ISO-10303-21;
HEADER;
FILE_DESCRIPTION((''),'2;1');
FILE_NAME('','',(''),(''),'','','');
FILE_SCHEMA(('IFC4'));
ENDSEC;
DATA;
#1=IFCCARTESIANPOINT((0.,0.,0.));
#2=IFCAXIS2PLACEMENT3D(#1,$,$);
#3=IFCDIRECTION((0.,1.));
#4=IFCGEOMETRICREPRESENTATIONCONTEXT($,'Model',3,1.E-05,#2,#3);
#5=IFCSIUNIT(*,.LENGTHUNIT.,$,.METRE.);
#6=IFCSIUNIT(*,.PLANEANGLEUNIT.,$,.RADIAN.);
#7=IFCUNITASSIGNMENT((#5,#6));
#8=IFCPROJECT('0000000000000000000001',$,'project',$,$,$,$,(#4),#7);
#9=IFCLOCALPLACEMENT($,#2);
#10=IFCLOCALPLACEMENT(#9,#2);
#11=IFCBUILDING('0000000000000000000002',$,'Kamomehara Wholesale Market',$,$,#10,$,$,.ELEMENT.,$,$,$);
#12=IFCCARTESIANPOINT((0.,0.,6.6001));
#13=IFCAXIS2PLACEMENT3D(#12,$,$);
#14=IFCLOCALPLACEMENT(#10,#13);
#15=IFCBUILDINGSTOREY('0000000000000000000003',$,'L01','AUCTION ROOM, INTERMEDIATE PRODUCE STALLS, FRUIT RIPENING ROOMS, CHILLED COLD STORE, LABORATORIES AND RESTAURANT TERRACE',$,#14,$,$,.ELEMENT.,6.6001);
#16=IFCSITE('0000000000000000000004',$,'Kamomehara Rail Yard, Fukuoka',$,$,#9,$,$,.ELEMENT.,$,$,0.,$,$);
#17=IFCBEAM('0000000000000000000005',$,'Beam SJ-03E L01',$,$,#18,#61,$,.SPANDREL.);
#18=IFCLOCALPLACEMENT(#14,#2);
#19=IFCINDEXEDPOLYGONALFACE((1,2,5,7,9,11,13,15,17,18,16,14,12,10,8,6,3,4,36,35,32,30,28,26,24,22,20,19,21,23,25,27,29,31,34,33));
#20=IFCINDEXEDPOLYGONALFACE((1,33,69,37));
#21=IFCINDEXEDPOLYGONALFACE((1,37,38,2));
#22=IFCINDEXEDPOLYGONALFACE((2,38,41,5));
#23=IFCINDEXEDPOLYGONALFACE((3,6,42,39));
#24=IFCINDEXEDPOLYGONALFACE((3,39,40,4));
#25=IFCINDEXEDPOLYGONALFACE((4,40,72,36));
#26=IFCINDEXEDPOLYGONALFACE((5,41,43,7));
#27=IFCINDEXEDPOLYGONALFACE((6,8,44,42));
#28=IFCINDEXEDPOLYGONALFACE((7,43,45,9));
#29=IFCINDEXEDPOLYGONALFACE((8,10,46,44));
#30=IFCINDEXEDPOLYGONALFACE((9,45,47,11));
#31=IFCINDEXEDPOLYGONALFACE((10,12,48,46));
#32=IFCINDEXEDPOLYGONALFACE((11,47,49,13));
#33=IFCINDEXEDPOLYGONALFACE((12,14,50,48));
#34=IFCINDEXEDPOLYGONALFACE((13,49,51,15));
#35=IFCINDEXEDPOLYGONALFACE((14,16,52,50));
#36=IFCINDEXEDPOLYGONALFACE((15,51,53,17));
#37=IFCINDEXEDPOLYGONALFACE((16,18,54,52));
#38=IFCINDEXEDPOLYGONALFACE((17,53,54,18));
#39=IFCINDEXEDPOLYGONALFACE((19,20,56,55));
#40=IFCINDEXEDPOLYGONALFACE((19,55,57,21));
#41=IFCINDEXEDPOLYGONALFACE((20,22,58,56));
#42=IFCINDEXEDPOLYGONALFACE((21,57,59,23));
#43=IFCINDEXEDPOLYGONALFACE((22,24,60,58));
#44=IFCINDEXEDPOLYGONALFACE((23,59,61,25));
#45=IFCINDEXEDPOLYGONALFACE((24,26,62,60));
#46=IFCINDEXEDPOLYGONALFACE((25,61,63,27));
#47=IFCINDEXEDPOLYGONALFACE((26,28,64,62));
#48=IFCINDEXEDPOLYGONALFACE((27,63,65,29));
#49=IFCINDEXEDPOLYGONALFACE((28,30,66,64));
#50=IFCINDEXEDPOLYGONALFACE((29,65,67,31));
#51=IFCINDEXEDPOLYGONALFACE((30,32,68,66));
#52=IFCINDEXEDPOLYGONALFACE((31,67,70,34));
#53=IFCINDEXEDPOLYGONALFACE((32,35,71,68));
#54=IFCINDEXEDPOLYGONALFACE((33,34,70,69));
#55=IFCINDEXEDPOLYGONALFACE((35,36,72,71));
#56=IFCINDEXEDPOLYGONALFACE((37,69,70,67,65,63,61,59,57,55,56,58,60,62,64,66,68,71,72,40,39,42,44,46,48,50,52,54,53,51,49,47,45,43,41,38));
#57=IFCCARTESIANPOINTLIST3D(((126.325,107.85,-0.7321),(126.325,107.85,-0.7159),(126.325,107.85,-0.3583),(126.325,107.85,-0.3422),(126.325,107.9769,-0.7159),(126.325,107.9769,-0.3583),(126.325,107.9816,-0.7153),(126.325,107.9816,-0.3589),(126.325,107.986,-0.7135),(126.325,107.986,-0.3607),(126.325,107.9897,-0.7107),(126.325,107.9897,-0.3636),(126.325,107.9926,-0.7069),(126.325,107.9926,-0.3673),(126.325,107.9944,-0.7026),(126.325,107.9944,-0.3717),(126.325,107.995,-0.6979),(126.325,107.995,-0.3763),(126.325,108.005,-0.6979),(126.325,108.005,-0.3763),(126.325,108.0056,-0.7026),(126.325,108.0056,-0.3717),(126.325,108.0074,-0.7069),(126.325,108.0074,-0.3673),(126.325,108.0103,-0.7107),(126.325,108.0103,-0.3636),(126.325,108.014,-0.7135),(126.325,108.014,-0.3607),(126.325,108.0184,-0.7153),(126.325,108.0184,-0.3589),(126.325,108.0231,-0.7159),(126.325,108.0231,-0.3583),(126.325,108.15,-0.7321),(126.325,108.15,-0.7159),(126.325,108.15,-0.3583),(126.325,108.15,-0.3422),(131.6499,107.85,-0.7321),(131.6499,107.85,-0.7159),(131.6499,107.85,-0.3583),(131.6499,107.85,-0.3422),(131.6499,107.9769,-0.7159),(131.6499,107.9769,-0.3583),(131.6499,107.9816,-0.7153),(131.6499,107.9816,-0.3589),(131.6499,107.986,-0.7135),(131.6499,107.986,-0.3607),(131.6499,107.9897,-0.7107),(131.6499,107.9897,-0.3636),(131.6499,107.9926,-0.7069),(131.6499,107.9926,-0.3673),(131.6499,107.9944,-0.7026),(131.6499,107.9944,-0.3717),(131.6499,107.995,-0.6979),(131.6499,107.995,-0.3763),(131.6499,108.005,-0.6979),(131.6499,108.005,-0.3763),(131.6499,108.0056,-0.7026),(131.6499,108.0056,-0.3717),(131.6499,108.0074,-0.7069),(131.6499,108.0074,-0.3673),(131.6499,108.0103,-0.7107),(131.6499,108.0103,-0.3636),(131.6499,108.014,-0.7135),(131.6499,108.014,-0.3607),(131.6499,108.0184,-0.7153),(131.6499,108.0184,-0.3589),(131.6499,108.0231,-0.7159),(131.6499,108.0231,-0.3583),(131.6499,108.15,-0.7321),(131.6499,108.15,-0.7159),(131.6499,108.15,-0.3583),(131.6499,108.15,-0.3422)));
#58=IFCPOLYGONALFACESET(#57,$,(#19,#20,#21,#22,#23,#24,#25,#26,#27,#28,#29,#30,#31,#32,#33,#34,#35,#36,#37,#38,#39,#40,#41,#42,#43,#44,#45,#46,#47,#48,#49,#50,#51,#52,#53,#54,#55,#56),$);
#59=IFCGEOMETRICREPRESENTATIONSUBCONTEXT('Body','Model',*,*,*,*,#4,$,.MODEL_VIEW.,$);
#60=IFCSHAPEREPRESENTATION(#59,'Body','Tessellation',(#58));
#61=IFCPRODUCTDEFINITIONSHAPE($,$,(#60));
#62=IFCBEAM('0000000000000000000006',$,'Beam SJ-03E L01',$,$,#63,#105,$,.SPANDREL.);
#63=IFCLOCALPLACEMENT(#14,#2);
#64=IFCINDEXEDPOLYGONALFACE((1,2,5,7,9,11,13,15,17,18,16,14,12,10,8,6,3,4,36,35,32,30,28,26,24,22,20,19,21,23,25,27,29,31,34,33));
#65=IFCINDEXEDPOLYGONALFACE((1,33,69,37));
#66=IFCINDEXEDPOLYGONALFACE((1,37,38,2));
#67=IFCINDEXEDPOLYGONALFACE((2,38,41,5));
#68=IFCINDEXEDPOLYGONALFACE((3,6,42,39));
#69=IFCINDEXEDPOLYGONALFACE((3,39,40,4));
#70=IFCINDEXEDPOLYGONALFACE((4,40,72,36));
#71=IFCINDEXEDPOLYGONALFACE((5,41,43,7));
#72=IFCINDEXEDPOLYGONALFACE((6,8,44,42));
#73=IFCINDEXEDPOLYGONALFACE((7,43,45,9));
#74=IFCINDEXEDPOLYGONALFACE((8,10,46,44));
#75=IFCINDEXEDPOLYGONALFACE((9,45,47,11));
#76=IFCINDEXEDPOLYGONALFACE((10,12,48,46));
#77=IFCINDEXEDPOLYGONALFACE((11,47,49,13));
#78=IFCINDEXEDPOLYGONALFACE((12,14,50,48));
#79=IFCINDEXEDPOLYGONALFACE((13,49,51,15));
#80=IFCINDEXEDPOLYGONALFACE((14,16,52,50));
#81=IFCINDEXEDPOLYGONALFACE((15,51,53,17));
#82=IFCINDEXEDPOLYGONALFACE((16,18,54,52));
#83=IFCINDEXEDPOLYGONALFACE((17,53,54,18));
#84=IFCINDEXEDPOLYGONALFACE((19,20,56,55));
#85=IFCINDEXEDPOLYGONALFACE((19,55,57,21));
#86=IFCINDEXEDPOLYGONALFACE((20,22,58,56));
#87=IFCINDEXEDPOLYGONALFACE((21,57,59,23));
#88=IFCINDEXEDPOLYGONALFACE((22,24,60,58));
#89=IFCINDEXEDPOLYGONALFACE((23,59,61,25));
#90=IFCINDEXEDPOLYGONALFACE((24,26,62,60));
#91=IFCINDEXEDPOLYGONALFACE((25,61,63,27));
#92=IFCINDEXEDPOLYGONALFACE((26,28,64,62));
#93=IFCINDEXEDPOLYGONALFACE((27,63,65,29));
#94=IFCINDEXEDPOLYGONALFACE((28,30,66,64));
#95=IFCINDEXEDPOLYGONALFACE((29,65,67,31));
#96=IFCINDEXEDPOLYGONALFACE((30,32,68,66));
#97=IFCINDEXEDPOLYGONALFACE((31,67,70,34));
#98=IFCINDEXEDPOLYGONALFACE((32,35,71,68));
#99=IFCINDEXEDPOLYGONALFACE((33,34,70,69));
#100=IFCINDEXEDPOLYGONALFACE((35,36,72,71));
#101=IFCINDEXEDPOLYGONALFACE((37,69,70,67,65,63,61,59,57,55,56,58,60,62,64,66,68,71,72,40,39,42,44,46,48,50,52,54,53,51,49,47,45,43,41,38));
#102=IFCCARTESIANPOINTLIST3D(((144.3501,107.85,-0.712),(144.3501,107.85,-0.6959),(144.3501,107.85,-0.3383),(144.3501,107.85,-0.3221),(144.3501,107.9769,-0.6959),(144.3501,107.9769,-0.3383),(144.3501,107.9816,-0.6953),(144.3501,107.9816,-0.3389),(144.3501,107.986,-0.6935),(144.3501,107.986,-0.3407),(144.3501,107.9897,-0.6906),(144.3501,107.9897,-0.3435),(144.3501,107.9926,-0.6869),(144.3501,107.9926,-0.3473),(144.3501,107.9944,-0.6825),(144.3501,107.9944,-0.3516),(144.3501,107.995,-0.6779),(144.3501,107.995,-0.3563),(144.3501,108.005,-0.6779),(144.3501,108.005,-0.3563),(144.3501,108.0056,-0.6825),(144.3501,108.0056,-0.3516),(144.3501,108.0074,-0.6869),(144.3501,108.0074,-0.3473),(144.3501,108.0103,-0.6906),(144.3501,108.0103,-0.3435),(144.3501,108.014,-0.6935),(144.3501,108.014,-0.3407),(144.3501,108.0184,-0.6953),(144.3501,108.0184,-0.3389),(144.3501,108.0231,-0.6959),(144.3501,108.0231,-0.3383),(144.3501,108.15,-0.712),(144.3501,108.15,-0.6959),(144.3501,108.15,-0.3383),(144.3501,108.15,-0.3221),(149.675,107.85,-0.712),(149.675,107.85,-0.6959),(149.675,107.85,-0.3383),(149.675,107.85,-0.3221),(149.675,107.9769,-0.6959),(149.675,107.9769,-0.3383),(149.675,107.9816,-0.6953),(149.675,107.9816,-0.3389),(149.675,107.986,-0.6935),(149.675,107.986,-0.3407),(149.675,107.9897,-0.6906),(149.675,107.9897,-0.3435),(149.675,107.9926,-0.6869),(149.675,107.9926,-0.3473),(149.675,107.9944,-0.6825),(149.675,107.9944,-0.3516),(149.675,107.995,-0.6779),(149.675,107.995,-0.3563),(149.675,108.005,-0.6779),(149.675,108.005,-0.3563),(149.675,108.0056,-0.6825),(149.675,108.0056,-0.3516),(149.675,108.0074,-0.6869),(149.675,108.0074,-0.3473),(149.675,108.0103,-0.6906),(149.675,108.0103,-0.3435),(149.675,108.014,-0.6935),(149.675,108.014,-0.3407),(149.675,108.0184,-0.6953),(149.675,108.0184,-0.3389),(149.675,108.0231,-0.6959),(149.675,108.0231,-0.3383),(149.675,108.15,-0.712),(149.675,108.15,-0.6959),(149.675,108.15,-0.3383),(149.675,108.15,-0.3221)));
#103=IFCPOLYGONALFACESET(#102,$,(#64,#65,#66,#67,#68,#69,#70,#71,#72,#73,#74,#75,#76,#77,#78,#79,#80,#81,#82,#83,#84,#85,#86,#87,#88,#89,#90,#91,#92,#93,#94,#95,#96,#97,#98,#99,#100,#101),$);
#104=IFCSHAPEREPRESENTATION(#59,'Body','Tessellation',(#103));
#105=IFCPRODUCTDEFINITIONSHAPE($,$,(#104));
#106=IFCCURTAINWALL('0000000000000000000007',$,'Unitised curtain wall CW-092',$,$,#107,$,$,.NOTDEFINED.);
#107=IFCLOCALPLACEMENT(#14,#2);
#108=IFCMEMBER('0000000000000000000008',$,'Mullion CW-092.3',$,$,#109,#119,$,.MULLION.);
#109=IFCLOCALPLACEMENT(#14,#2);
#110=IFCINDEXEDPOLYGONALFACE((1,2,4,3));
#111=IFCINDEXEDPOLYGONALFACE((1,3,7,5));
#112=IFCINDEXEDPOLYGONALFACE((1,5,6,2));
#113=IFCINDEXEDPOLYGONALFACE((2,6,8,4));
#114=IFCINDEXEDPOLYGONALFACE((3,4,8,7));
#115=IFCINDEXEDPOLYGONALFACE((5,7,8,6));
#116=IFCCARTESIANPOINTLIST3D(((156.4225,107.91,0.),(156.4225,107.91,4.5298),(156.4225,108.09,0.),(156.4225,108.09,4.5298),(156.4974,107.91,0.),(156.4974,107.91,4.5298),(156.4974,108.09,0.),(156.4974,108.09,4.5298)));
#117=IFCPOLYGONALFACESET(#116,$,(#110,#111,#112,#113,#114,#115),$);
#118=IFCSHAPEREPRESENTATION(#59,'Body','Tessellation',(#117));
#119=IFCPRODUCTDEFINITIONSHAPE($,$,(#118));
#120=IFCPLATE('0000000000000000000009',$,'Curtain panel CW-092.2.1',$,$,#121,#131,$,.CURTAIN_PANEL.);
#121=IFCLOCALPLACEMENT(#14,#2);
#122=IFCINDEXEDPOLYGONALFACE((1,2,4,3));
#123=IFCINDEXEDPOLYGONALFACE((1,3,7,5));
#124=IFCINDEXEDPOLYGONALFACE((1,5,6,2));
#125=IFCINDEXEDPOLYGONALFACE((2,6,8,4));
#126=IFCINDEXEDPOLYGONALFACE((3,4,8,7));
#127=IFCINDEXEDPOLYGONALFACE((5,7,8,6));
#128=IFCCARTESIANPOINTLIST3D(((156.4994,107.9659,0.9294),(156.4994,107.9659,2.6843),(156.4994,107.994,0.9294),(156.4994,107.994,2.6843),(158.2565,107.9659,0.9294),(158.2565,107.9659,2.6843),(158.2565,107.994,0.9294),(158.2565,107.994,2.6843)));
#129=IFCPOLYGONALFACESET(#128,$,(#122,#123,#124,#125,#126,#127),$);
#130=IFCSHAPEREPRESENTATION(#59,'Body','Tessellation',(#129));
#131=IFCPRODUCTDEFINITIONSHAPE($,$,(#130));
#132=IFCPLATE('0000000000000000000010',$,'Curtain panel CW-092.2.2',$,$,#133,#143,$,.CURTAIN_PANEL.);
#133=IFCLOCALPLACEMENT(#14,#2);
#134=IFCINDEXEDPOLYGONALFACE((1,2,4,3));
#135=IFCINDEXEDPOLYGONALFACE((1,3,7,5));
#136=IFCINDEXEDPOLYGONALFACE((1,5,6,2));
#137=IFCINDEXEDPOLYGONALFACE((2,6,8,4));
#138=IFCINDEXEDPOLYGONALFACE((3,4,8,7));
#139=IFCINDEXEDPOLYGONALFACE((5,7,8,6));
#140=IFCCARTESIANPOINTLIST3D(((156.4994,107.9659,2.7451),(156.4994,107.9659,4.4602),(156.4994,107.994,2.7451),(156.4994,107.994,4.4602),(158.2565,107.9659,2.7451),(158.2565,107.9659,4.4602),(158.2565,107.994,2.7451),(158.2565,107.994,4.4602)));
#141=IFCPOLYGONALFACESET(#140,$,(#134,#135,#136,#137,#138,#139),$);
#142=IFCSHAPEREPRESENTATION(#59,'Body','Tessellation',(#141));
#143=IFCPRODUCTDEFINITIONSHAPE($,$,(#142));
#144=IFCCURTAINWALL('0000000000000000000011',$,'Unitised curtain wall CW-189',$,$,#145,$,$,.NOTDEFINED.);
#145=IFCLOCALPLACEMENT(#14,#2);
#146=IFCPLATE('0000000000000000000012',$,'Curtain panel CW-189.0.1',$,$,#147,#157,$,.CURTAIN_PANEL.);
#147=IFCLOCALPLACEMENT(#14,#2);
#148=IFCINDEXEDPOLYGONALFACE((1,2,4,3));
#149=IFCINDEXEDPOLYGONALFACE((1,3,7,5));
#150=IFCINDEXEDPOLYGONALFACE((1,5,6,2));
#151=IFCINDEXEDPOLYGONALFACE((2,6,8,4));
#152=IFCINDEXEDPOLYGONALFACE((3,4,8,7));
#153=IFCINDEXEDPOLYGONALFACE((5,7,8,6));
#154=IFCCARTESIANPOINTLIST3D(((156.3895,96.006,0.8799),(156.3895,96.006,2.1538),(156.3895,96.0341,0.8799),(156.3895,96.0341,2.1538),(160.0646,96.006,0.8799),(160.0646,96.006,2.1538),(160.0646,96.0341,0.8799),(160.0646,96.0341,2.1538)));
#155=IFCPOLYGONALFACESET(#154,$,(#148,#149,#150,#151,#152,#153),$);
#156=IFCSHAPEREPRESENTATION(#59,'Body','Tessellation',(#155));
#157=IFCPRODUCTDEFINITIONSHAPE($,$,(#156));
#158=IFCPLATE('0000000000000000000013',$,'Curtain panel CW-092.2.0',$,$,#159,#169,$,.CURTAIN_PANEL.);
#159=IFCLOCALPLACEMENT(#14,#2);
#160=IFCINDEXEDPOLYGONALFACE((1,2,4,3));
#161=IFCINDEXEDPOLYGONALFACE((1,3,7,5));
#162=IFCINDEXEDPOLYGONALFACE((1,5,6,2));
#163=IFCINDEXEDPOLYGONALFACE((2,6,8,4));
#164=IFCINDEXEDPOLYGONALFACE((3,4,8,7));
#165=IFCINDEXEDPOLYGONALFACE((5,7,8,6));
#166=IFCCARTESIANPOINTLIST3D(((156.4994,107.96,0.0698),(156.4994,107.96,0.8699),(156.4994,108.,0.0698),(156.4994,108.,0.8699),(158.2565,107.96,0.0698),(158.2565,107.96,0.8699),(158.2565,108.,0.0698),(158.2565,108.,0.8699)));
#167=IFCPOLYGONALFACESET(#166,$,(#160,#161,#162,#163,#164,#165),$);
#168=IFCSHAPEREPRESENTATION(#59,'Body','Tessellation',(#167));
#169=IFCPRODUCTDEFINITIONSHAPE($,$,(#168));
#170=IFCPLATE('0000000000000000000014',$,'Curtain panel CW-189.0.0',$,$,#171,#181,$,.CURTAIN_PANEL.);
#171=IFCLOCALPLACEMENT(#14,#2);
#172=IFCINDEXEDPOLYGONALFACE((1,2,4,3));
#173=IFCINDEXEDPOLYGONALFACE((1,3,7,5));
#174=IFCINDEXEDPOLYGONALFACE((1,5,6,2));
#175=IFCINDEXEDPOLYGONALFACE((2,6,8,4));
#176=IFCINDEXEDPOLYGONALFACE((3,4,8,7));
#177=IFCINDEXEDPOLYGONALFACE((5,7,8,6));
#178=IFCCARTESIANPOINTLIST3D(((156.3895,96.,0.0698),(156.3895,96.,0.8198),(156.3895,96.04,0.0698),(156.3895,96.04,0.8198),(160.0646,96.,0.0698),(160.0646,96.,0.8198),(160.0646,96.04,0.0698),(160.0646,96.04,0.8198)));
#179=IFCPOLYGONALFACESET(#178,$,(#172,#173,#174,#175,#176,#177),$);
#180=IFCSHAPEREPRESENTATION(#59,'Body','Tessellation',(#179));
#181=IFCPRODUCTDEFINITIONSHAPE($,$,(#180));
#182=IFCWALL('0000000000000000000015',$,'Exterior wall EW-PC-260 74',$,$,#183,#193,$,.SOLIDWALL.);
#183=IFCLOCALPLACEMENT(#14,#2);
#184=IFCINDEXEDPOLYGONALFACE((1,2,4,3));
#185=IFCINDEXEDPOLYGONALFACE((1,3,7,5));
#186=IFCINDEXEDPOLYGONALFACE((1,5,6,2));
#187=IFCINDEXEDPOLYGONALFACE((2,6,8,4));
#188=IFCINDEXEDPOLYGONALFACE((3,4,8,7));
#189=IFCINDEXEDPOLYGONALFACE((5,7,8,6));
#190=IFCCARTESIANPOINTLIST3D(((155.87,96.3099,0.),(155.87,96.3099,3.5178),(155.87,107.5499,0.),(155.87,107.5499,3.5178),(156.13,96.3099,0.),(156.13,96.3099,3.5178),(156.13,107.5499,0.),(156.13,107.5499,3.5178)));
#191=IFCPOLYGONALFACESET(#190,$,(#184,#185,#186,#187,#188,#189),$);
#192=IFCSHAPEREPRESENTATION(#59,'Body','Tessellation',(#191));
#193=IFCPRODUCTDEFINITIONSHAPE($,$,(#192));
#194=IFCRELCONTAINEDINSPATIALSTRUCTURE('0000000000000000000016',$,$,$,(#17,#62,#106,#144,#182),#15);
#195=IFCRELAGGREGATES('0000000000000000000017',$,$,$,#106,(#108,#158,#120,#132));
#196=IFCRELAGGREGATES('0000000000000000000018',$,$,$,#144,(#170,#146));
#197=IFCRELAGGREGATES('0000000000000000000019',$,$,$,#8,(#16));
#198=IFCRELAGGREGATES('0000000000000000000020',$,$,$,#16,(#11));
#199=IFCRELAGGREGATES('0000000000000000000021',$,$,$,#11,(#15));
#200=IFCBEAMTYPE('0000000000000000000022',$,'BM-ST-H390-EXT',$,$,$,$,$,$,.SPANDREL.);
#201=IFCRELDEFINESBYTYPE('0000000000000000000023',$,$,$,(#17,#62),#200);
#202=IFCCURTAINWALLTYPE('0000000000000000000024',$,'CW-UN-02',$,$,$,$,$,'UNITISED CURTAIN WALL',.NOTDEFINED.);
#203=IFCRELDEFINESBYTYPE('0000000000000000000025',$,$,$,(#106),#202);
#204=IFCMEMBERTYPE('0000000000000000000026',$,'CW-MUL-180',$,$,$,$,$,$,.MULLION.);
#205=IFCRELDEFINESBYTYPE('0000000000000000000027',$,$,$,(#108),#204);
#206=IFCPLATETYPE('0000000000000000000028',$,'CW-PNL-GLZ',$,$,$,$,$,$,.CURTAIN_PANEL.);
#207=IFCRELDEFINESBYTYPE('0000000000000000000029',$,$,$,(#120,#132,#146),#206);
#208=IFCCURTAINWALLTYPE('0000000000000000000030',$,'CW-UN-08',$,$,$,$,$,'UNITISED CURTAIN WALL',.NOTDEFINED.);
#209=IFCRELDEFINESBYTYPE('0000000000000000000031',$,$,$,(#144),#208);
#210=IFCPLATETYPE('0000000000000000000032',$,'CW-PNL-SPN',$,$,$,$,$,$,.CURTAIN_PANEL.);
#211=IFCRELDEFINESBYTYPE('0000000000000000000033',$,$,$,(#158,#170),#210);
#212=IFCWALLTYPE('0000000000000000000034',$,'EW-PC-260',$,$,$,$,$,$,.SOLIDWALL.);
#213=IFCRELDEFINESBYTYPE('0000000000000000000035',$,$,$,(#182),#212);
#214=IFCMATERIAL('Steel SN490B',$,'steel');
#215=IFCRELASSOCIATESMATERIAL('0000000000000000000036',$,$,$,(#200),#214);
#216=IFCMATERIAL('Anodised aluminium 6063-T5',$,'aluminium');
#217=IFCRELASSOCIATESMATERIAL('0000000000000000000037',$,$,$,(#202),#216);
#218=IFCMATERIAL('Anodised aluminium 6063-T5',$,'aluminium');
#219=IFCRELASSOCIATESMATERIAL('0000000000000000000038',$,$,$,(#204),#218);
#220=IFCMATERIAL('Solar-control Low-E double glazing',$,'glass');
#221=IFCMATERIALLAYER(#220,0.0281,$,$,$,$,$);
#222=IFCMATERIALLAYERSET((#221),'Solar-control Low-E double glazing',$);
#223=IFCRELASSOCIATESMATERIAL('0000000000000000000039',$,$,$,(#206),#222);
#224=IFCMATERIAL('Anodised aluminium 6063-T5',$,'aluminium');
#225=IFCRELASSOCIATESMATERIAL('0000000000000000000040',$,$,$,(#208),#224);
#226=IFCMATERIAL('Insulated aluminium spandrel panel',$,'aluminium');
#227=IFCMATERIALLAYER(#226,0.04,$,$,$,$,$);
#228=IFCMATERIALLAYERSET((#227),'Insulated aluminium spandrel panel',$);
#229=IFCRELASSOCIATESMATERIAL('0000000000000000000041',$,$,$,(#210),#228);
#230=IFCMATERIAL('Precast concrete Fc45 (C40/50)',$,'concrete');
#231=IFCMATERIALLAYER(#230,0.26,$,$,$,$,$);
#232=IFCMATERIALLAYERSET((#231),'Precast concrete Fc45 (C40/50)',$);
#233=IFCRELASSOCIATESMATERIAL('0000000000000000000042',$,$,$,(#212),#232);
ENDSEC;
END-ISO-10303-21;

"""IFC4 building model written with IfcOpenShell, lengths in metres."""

from ifc_helpers import new_model, si_unit, direction, frame, frame_2d, origin, origin_2d, place, context, subcontext, project, spatial, rectangle, i_section, extrude, material, layer, layer_set, material_profile, profile_set, type_object, element, aggregate, save


model = new_model("IFC4")

# Units and contexts
model_context = context("Model", 3, precision=1e-05, world=origin(), true_north=direction((0.0, 1.0)))
body_context = subcontext(model_context, "Body", "Model", "MODEL_VIEW")
ifc_project = project(units=[si_unit("LENGTHUNIT", "METRE"), si_unit("PLANEANGLEUNIT", "RADIAN")], contexts=[model_context])

# Site, building, storey
site_placement = place(None, origin())
site = spatial("IfcSite", under=ifc_project, at=site_placement, Name="Kamomehara Rail Yard, Fukuoka", CompositionType="ELEMENT", RefElevation=0.0)
building_placement = place(site_placement, origin())
building = spatial("IfcBuilding", under=site, at=building_placement, Name="Kamomehara Wholesale Market", CompositionType="ELEMENT")
storey_placement = place(building_placement, frame((0.0, 0.0, 6.6001)))
storey = spatial("IfcBuildingStorey", under=building, at=storey_placement, Name="L01", Description="AUCTION ROOM, INTERMEDIATE PRODUCE STALLS, FRUIT RIPENING ROOMS, CHILLED COLD STORE, LABORATORIES AND RESTAURANT TERRACE", CompositionType="ELEMENT", Elevation=6.6001)

# Beams
ifc_material_1 = material(Name="Steel SN490B", Category="steel")
ifc_material_profile_1 = material_profile(ifc_material_1, i_section(OverallWidth=0.3, OverallDepth=0.3899, WebThickness=0.01, FlangeThickness=0.0161, FilletRadius=0.0181, at=origin_2d()), Name="H-390x300x10x16")
ifc_profile_set_1 = profile_set([ifc_material_profile_1], Name="Steel SN490B")
beam_type_1 = type_object("IfcBeamType", Name="BM-ST-H390-EXT", PredefinedType="SPANDREL", material=ifc_profile_set_1)
for number, where, z_axis, x_axis, name in (
    (1, (126.325, 108.0, -0.5371), (1.0, 0.0, 0.0), (0.0, 1.0, 0.0), "Beam SJ-03E L01"),
    (2, (144.3501, 108.0, -0.5171), (1.0, 0.0, 0.0), (0.0, 1.0, 0.0), "Beam SJ-03E L01"),
):
    element("IfcBeam", number, at=place(storey_placement, frame(where, z_axis=z_axis, x_axis=x_axis)), inside=storey, type_object=beam_type_1, Name=name, PredefinedType="SPANDREL", context=body_context, shape_type="SweptSolid", body=[
        extrude(i_section(OverallWidth=0.3, OverallDepth=0.3899, WebThickness=0.01, FlangeThickness=0.0161, FilletRadius=0.0181, at=origin_2d()), origin(), (0.0, 0.0, 1.0), 5.325),
    ])

# Curtain wall, member, plates
ifc_material_2 = material(Name="Anodised aluminium 6063-T5", Category="aluminium")
curtain_wall_type_1 = type_object("IfcCurtainWallType", Name="CW-UN-02", ElementType="UNITISED CURTAIN WALL", PredefinedType="NOTDEFINED", material=ifc_material_2)
curtain_wall_1_placement = place(storey_placement, origin())
curtain_wall_1 = element("IfcCurtainWall", 3, at=curtain_wall_1_placement, inside=storey, type_object=curtain_wall_type_1, Name="Unitised curtain wall CW-092", PredefinedType="NOTDEFINED")
ifc_material_3 = material(Name="Anodised aluminium 6063-T5", Category="aluminium")
ifc_material_profile_2 = material_profile(ifc_material_3, rectangle(XDim=0.075, YDim=0.1799, at=origin_2d()), Name="ALU-MUL-75x180")
ifc_profile_set_2 = profile_set([ifc_material_profile_2], Name="Anodised aluminium 6063-T5")
member_type = type_object("IfcMemberType", Name="CW-MUL-180", PredefinedType="MULLION", material=ifc_profile_set_2)
member_placement = place(storey_placement, frame((156.46, 108.0, 0.0), z_axis=(0.0, 0.0, 1.0), x_axis=(-1.0, 0.0, 0.0)))
member = element("IfcMember", 4, at=member_placement, type_object=member_type, Name="Mullion CW-092.3", PredefinedType="MULLION", context=body_context, shape_type="SweptSolid", body=[
    extrude(rectangle(XDim=0.075, YDim=0.1799, at=origin_2d()), origin(), (0.0, 0.0, 1.0), 4.5298),
])
ifc_material_4 = material(Name="Solar-control Low-E double glazing", Category="glass")
ifc_layer_1 = layer(ifc_material_4, 0.0281)
ifc_layer_set_1 = layer_set([ifc_layer_1], Name="Solar-control Low-E double glazing")
plate_type_1 = type_object("IfcPlateType", Name="CW-PNL-GLZ", PredefinedType="CURTAIN_PANEL", material=ifc_layer_set_1)
plate_1_placement = place(storey_placement, frame((157.3779, 107.98, 0.9294), z_axis=(0.0, 0.0, 1.0), x_axis=(-1.0, 0.0, 0.0)))
plate_1 = element("IfcPlate", 5, at=plate_1_placement, type_object=plate_type_1, Name="Curtain panel CW-092.2.1", PredefinedType="CURTAIN_PANEL", context=body_context, shape_type="SweptSolid", body=[
    extrude(rectangle(XDim=1.7571, YDim=0.0281, at=origin_2d()), origin(), (0.0, 0.0, 1.0), 1.7549),
])
plate_2_placement = place(storey_placement, frame((157.3779, 107.98, 2.7451), z_axis=(0.0, 0.0, 1.0), x_axis=(-1.0, 0.0, 0.0)))
plate_2 = element("IfcPlate", 6, at=plate_2_placement, type_object=plate_type_1, Name="Curtain panel CW-092.2.2", PredefinedType="CURTAIN_PANEL", context=body_context, shape_type="SweptSolid", body=[
    extrude(rectangle(XDim=1.7571, YDim=0.0281, at=origin_2d()), origin(), (0.0, 0.0, 1.0), 1.7151),
])

# Curtain wall, plate
ifc_material_5 = material(Name="Anodised aluminium 6063-T5", Category="aluminium")
curtain_wall_type_2 = type_object("IfcCurtainWallType", Name="CW-UN-08", ElementType="UNITISED CURTAIN WALL", PredefinedType="NOTDEFINED", material=ifc_material_5)
curtain_wall_2_placement = place(storey_placement, origin())
curtain_wall_2 = element("IfcCurtainWall", 7, at=curtain_wall_2_placement, inside=storey, type_object=curtain_wall_type_2, Name="Unitised curtain wall CW-189", PredefinedType="NOTDEFINED")
plate_3_placement = place(storey_placement, frame((158.2271, 96.02, 0.8799), z_axis=(0.0, 0.0, 1.0), x_axis=(1.0, 0.0, 0.0)))
plate_3 = element("IfcPlate", 8, at=plate_3_placement, type_object=plate_type_1, Name="Curtain panel CW-189.0.1", PredefinedType="CURTAIN_PANEL", context=body_context, shape_type="SweptSolid", body=[
    extrude(rectangle(XDim=3.675, YDim=0.0281, at=origin_2d()), origin(), (0.0, 0.0, 1.0), 1.2739),
])

# Plates
ifc_material_6 = material(Name="Insulated aluminium spandrel panel", Category="aluminium")
ifc_layer_2 = layer(ifc_material_6, 0.04)
ifc_layer_set_2 = layer_set([ifc_layer_2], Name="Insulated aluminium spandrel panel")
plate_type_2 = type_object("IfcPlateType", Name="CW-PNL-SPN", PredefinedType="CURTAIN_PANEL", material=ifc_layer_set_2)
plate_4_placement = place(storey_placement, frame((157.3779, 107.98, 0.0698), z_axis=(0.0, 0.0, 1.0), x_axis=(-1.0, 0.0, 0.0)))
plate_4 = element("IfcPlate", 9, at=plate_4_placement, type_object=plate_type_2, Name="Curtain panel CW-092.2.0", PredefinedType="CURTAIN_PANEL", context=body_context, shape_type="SweptSolid", body=[
    extrude(rectangle(XDim=1.7571, YDim=0.04, at=origin_2d()), origin(), (0.0, 0.0, 1.0), 0.8),
])
aggregate(curtain_wall_1, [member, plate_4, plate_1, plate_2])
plate_5_placement = place(storey_placement, frame((158.2271, 96.02, 0.0698), z_axis=(0.0, 0.0, 1.0), x_axis=(1.0, 0.0, 0.0)))
plate_5 = element("IfcPlate", 10, at=plate_5_placement, type_object=plate_type_2, Name="Curtain panel CW-189.0.0", PredefinedType="CURTAIN_PANEL", context=body_context, shape_type="SweptSolid", body=[
    extrude(rectangle(XDim=3.675, YDim=0.04, at=origin_2d()), origin(), (0.0, 0.0, 1.0), 0.75),
])
aggregate(curtain_wall_2, [plate_5, plate_3])

# Wall
ifc_material_7 = material(Name="Precast concrete Fc45 (C40/50)", Category="concrete")
ifc_layer_3 = layer(ifc_material_7, 0.26)
ifc_layer_set_3 = layer_set([ifc_layer_3], Name="Precast concrete Fc45 (C40/50)")
wall_type_1 = type_object("IfcWallType", Name="EW-PC-260", PredefinedType="SOLIDWALL", material=ifc_layer_set_3)
wall_1_placement = place(storey_placement, frame((156.0, 107.55, 0.0), z_axis=(0.0, 0.0, 1.0), x_axis=(0.0, -1.0, 0.0)))
element("IfcWall", 11, at=wall_1_placement, inside=storey, type_object=wall_type_1, Name="Exterior wall EW-PC-260 74", PredefinedType="SOLIDWALL", context=body_context, shape_type="SweptSolid", body=[
    extrude(rectangle(XDim=11.24, YDim=0.26, at=frame_2d((5.6201, 0.0))), origin(), (0.0, 0.0, 1.0), 3.5178),
])

save(model, "model.ifc")
